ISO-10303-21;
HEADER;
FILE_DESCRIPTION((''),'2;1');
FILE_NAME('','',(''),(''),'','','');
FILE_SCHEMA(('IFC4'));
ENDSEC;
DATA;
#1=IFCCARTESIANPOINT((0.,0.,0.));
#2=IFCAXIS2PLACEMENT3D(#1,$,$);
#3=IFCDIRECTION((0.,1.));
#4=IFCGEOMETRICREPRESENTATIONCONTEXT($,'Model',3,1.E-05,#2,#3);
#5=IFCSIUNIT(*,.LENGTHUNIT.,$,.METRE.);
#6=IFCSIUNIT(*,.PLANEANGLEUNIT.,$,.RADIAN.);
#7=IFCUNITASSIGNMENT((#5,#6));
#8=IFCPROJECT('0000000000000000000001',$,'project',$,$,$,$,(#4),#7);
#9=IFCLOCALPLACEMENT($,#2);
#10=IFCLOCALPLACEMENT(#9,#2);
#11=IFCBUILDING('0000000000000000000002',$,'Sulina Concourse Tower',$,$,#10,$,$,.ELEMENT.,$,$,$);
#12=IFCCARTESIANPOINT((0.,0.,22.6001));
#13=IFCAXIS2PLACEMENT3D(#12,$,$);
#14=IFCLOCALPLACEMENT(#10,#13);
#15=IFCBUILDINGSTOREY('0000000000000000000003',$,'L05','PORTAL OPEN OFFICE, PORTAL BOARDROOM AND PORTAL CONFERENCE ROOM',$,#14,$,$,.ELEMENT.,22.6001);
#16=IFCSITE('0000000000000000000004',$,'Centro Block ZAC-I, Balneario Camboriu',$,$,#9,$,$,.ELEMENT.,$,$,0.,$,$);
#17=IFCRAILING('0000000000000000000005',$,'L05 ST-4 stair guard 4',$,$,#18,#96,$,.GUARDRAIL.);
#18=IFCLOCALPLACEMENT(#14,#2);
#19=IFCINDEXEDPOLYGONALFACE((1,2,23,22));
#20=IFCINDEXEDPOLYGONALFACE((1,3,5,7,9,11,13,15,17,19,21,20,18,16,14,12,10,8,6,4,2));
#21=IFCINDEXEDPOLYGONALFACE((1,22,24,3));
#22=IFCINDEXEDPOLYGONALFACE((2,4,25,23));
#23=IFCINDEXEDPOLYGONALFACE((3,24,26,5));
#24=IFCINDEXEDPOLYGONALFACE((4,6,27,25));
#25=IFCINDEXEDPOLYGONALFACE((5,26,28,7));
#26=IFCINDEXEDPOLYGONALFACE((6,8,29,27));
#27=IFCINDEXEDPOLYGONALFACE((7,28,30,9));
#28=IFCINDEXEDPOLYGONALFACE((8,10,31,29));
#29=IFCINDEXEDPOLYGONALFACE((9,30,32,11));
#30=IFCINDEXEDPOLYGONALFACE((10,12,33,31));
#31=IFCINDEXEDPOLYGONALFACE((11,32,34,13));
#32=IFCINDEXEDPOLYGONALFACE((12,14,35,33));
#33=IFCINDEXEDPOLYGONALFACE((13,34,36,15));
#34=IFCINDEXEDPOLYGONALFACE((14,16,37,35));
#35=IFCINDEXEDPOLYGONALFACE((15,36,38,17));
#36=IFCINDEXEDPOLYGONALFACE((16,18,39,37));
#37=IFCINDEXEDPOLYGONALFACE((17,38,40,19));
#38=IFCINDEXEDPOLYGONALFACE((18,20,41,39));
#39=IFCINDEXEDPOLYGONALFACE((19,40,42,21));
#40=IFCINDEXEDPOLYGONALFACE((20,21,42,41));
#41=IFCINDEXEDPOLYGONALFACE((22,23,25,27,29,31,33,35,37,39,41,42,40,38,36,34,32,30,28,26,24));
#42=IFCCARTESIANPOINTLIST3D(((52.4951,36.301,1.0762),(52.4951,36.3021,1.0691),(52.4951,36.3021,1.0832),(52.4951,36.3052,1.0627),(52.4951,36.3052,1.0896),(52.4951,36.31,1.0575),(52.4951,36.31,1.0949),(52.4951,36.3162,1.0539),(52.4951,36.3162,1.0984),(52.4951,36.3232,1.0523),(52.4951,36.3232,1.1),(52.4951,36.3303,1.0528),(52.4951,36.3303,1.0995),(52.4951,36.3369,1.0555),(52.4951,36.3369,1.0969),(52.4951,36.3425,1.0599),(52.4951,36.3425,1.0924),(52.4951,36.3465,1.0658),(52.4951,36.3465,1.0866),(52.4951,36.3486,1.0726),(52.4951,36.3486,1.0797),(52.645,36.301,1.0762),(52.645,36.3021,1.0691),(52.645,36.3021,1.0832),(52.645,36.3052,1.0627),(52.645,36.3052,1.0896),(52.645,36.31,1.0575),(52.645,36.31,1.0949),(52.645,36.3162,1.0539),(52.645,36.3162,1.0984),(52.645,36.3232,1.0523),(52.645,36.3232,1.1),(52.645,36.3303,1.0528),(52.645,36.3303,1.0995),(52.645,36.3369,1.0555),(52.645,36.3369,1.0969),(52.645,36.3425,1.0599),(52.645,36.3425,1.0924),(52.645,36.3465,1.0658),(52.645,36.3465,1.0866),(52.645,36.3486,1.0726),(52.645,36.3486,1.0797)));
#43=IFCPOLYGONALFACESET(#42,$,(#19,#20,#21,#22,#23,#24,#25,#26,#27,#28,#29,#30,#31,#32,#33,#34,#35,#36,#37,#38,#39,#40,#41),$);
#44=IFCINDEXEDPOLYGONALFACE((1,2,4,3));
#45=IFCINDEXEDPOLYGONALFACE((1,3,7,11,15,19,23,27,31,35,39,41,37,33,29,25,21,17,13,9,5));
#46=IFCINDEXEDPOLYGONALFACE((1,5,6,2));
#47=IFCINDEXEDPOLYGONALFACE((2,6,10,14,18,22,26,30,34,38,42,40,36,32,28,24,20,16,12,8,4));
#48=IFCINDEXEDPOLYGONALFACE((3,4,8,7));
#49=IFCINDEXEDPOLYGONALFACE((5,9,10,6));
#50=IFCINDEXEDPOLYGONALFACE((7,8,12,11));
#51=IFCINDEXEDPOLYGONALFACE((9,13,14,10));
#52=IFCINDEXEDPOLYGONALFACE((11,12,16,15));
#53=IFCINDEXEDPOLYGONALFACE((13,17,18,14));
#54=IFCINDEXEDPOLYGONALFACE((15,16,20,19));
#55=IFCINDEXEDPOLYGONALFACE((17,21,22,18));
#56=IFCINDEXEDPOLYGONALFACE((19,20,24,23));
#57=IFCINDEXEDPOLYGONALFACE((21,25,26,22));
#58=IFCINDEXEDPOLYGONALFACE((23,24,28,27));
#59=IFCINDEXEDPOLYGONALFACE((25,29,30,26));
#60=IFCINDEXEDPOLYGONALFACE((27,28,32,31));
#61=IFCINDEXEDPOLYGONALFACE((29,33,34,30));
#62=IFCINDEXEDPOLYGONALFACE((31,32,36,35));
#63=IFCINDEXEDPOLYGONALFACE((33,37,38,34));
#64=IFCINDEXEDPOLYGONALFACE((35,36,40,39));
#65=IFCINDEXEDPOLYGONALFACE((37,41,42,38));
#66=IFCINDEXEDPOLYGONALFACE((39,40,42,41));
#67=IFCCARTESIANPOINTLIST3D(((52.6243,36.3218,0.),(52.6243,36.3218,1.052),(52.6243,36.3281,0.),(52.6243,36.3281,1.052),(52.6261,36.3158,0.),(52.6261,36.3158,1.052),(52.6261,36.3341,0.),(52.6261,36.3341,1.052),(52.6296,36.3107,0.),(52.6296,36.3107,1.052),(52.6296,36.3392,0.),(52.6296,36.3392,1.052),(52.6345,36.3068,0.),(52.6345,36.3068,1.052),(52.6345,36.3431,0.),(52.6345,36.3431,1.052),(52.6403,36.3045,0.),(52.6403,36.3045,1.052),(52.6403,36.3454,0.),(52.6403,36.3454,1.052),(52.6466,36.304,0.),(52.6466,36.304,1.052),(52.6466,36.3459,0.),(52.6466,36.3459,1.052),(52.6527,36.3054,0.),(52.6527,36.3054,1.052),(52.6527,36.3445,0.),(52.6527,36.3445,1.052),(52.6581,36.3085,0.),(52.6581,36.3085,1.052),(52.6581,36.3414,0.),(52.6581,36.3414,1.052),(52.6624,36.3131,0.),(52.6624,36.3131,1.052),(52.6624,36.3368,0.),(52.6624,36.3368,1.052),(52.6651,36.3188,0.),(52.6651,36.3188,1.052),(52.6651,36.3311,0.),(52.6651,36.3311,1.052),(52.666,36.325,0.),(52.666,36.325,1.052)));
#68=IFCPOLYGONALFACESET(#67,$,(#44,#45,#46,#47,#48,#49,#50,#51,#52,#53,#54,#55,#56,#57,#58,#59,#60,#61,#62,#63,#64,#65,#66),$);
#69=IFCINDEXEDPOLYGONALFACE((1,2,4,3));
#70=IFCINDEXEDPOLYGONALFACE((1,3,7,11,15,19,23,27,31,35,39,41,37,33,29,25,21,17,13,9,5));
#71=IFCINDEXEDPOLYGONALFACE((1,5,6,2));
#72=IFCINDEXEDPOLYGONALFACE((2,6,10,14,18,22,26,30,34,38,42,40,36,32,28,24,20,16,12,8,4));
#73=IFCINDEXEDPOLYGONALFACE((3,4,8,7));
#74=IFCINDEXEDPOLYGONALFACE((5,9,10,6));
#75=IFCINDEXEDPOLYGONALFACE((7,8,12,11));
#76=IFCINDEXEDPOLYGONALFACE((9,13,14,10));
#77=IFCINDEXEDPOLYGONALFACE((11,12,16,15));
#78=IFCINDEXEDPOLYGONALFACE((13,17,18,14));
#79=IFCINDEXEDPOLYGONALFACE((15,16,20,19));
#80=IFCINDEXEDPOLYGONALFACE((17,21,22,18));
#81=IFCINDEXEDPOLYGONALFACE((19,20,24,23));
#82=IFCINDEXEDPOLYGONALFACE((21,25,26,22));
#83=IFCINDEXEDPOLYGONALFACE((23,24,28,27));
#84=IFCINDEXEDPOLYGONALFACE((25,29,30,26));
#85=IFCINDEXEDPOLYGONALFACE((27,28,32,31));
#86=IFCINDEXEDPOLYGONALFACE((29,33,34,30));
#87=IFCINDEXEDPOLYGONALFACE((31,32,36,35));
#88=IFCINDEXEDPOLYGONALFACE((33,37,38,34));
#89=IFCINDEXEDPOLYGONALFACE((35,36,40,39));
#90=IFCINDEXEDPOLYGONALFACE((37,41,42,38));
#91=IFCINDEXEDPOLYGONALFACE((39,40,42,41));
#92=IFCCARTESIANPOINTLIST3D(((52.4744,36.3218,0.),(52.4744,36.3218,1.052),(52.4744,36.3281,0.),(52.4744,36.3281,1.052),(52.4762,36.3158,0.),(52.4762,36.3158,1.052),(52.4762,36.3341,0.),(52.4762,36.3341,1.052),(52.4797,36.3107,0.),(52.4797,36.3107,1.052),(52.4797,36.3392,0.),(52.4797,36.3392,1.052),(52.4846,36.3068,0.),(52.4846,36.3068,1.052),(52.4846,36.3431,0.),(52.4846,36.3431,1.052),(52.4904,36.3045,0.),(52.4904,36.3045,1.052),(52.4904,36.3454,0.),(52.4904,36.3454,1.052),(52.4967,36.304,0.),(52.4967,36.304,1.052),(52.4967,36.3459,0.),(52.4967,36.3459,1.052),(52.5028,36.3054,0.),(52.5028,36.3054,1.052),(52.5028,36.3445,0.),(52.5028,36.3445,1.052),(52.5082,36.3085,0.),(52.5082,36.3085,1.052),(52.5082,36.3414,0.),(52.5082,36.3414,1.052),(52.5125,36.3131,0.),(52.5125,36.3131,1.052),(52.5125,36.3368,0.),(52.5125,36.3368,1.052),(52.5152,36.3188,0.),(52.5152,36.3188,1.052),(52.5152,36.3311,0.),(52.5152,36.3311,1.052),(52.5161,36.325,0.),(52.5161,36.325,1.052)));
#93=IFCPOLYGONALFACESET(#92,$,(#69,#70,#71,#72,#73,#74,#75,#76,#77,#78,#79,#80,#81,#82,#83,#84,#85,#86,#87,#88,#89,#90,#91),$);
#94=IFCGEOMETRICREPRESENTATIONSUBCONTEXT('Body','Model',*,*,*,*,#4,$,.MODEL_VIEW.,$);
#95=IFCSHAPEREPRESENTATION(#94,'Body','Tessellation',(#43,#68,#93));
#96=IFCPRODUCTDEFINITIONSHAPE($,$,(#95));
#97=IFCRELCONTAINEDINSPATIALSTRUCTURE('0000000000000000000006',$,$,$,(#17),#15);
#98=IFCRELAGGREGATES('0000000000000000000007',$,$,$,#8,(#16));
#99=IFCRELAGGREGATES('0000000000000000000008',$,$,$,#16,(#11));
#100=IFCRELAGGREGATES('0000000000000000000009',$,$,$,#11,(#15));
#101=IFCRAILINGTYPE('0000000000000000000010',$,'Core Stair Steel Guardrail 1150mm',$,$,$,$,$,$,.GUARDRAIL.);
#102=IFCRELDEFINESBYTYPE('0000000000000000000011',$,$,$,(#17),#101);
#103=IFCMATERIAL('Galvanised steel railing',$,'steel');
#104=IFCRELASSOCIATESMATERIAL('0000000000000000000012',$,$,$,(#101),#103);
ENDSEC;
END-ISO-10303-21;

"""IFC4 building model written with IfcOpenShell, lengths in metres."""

from ifc_helpers import new_model, si_unit, direction, frame, origin, origin_2d, place, context, subcontext, project, spatial, circle, extrude, material, type_object, element, save


model = new_model("IFC4")

# Units and contexts
model_context = context("Model", 3, precision=1e-05, world=origin(), true_north=direction((0.0, 1.0)))
body_context = subcontext(model_context, "Body", "Model", "MODEL_VIEW")
ifc_project = project(units=[si_unit("LENGTHUNIT", "METRE"), si_unit("PLANEANGLEUNIT", "RADIAN")], contexts=[model_context])

# Site, building, storey
site_placement = place(None, origin())
site = spatial("IfcSite", under=ifc_project, at=site_placement, Name="Centro Block ZAC-I, Balneario Camboriu", CompositionType="ELEMENT", RefElevation=0.0)
building_placement = place(site_placement, origin())
building = spatial("IfcBuilding", under=site, at=building_placement, Name="Sulina Concourse Tower", CompositionType="ELEMENT")
storey_placement = place(building_placement, frame((0.0, 0.0, 22.6001)))
storey = spatial("IfcBuildingStorey", under=building, at=storey_placement, Name="L05", Description="PORTAL OPEN OFFICE, PORTAL BOARDROOM AND PORTAL CONFERENCE ROOM", CompositionType="ELEMENT", Elevation=22.6001)

# Railing
ifc_material_1 = material(Name="Galvanised steel railing", Category="steel")
railing_type_1 = type_object("IfcRailingType", Name="Core Stair Steel Guardrail 1150mm", PredefinedType="GUARDRAIL", material=ifc_material_1)
railing_1_placement = place(storey_placement, frame((52.645, 36.325, 0.0)))
element("IfcRailing", 1, at=railing_1_placement, inside=storey, type_object=railing_type_1, Name="L05 ST-4 stair guard 4", PredefinedType="GUARDRAIL", context=body_context, shape_type="SweptSolid", body=[
    extrude(circle(Radius=0.0239, at=origin_2d()), frame((0.0, 0.0, 1.0762), z_axis=(-1.0, 0.0, 0.0), x_axis=(0.0, -1.0, 0.0)), (0.0, 0.0, 1.0), 0.1499),
    extrude(circle(Radius=0.021, at=origin_2d()), origin(), (0.0, 0.0, 1.0), 1.052),
    extrude(circle(Radius=0.021, at=origin_2d()), frame((-0.1499, 0.0, 0.0)), (0.0, 0.0, 1.0), 1.052),
])

save(model, "model.ifc")
